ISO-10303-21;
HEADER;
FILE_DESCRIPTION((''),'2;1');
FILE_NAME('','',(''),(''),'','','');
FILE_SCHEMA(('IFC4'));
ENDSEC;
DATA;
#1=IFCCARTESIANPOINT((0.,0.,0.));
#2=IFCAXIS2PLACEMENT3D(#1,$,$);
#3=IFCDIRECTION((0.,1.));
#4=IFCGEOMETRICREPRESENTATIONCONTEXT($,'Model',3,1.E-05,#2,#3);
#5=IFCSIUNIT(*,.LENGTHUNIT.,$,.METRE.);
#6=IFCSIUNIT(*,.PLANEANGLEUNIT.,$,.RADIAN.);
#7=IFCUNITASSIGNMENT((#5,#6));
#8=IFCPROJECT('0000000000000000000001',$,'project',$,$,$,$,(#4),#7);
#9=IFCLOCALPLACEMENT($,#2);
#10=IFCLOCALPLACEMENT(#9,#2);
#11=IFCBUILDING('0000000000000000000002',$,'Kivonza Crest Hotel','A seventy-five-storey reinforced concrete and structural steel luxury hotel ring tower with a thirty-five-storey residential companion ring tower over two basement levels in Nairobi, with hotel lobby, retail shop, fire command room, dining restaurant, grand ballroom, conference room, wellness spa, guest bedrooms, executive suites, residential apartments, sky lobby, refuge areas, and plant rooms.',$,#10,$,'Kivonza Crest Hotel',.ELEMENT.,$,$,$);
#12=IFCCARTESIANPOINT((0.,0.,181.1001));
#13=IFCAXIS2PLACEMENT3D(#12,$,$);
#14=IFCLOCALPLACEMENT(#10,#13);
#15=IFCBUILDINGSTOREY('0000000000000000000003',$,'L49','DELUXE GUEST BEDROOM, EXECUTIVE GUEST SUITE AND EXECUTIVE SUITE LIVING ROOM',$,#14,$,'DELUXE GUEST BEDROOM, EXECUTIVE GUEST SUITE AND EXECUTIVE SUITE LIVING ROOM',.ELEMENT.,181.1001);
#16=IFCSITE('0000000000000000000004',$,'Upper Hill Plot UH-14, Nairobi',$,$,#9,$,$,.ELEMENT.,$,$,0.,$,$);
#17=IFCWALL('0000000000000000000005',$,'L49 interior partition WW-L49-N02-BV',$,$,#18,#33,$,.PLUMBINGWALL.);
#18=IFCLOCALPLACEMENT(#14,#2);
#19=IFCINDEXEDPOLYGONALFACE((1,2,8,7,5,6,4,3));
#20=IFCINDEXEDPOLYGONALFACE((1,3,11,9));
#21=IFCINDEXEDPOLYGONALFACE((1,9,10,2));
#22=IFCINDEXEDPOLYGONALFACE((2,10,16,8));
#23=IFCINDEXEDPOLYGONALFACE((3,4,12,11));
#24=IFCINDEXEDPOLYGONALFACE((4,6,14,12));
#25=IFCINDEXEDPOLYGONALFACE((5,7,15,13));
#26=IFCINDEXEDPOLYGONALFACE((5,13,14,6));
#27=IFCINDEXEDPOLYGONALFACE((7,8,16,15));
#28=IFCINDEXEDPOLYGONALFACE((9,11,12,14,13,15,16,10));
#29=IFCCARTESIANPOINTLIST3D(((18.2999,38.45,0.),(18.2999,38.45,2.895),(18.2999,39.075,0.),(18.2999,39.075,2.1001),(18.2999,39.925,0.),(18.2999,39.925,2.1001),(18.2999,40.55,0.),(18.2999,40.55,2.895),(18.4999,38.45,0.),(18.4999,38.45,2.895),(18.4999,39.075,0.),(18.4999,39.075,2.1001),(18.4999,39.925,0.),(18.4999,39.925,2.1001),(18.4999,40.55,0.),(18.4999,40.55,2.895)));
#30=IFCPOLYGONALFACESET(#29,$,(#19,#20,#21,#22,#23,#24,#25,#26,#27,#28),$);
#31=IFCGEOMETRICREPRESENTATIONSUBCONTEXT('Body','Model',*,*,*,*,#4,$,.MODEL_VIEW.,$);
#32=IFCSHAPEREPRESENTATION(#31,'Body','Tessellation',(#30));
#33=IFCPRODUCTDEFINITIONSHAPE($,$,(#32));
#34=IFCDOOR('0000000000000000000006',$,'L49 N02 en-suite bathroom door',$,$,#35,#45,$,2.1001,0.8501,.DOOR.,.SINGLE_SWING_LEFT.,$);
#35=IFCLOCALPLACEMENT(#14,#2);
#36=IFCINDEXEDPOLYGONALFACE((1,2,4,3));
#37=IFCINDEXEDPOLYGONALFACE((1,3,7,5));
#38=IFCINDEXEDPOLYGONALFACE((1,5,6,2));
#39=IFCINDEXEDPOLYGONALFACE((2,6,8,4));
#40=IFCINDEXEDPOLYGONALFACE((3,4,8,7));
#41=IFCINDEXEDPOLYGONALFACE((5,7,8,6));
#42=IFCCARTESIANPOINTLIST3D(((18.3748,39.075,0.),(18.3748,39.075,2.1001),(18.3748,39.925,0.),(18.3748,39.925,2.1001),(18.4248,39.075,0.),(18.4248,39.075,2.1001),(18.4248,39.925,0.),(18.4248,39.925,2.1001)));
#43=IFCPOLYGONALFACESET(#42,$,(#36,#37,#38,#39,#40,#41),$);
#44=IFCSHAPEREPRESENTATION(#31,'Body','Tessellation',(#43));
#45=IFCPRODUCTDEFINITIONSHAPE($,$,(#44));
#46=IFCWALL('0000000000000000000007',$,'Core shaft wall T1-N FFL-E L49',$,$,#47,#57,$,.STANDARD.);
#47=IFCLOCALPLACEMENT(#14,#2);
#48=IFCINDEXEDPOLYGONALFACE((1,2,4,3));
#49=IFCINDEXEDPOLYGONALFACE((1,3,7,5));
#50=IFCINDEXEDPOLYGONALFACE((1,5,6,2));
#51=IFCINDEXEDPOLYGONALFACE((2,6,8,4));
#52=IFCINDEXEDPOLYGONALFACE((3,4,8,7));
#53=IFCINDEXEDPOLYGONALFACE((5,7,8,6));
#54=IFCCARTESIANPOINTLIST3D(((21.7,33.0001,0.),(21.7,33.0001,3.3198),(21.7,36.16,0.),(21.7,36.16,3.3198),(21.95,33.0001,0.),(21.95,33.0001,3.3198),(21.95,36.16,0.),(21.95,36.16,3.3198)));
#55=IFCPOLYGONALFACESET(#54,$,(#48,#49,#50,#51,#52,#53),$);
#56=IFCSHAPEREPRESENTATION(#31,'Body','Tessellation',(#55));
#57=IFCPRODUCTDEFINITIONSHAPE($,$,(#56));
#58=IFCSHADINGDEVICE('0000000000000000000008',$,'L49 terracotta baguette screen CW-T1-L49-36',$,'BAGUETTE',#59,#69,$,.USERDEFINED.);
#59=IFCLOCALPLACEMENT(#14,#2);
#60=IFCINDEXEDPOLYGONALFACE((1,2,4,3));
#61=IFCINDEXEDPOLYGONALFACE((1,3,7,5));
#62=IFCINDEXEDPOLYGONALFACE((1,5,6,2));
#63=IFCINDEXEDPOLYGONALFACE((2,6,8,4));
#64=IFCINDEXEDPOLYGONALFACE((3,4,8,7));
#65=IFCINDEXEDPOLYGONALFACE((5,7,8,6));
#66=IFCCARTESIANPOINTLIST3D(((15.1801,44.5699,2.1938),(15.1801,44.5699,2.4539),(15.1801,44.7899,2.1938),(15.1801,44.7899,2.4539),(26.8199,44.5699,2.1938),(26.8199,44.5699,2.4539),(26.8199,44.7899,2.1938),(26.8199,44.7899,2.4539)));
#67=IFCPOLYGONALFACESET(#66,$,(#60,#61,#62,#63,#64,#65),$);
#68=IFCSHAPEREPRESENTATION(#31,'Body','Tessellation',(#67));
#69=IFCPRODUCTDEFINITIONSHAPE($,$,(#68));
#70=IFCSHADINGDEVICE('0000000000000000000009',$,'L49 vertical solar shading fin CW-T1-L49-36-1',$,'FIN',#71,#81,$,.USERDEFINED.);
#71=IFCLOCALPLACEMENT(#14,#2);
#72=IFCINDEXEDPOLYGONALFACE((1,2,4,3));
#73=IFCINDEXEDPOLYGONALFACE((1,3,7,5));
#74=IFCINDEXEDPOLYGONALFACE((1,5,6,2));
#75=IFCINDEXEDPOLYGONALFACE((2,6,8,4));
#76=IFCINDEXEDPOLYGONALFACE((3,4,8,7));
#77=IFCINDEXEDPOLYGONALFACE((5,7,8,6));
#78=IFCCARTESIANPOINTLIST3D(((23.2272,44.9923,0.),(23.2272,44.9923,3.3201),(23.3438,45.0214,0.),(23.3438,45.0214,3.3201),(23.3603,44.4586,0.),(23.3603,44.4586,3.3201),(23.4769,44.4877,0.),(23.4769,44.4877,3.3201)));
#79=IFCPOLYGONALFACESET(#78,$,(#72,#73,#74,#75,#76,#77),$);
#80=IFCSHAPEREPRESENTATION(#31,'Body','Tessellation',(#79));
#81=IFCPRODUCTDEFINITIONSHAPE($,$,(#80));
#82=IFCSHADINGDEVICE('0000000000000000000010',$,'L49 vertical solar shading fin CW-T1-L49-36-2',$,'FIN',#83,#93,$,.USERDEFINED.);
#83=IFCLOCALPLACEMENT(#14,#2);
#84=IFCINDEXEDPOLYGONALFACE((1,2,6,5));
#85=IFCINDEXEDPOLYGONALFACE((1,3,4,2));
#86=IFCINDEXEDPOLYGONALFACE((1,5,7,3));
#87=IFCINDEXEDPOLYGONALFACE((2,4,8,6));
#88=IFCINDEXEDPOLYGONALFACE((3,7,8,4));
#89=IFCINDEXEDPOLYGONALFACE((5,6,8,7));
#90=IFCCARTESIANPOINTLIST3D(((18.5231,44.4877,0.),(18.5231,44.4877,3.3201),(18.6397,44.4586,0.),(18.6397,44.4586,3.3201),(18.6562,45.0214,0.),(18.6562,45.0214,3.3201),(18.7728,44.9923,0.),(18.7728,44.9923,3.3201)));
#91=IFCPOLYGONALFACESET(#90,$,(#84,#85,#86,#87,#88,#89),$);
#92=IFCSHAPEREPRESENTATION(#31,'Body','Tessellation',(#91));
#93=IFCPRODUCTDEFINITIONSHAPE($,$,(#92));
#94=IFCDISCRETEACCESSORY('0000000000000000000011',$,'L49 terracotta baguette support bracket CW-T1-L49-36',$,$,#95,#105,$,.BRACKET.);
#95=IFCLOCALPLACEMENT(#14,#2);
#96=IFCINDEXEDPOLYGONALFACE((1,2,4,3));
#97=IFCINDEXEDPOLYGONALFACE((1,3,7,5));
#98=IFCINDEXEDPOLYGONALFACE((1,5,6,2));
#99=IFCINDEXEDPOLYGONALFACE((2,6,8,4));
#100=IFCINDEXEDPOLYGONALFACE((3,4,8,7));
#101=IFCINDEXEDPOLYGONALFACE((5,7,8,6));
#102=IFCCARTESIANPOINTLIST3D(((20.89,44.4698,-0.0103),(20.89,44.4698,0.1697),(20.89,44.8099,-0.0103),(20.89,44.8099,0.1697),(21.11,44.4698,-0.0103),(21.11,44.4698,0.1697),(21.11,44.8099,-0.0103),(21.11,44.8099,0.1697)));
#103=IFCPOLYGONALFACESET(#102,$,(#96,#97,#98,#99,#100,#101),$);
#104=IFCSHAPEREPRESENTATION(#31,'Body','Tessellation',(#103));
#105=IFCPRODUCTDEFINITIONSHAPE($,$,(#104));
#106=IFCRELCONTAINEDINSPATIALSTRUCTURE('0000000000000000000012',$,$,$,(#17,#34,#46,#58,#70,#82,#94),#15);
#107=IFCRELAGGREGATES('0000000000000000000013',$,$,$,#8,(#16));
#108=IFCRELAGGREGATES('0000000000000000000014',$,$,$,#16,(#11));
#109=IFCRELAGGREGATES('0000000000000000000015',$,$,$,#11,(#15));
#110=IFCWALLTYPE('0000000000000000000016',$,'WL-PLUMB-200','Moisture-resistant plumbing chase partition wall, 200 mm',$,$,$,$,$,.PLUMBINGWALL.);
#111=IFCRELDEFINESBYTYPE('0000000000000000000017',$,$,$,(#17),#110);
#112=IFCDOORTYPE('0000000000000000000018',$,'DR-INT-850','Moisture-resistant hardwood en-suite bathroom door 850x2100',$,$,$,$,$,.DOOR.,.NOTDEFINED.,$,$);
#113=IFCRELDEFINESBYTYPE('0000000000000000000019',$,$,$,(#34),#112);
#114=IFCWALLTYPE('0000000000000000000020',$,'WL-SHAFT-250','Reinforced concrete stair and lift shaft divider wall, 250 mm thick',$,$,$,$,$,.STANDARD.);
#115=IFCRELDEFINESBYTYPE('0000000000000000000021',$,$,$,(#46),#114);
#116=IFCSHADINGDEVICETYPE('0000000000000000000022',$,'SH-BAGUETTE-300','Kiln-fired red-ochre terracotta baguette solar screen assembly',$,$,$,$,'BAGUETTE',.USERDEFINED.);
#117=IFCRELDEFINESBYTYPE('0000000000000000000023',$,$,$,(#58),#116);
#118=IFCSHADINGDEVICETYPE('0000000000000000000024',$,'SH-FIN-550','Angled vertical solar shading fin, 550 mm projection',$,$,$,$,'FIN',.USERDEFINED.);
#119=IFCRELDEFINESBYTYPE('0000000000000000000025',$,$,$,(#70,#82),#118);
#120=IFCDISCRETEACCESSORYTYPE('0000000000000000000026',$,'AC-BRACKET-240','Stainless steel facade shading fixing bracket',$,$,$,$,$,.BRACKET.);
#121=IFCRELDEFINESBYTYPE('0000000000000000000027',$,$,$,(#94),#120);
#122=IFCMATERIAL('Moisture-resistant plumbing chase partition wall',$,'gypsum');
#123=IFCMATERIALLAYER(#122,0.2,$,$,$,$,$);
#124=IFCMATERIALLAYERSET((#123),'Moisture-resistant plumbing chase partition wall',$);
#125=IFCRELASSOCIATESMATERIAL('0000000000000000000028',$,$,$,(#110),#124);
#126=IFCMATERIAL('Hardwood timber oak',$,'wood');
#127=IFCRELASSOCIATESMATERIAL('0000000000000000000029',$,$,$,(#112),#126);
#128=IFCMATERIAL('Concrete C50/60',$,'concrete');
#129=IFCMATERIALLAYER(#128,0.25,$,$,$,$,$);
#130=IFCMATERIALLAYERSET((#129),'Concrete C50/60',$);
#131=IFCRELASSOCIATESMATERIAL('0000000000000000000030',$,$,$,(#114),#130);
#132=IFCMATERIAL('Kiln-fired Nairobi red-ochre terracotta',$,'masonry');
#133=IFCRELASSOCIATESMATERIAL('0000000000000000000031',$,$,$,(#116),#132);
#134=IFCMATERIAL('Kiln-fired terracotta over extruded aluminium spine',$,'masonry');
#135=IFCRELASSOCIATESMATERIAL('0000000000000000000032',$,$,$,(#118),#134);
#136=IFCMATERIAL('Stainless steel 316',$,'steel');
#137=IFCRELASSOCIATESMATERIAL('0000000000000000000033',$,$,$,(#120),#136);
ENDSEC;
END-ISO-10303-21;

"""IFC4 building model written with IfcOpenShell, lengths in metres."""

from ifc_helpers import new_model, si_unit, direction, frame, frame_2d, origin, origin_2d, place, context, subcontext, project, spatial, rectangle, extrude, material, layer, layer_set, type_object, element, fill, save


model = new_model("IFC4")

# Units and contexts
model_context = context("Model", 3, precision=1e-05, world=origin(), true_north=direction((0.0, 1.0)))
body_context = subcontext(model_context, "Body", "Model", "MODEL_VIEW")
ifc_project = project(units=[si_unit("LENGTHUNIT", "METRE"), si_unit("PLANEANGLEUNIT", "RADIAN")], contexts=[model_context])

# Site, building, storey
site_placement = place(None, origin())
site = spatial("IfcSite", under=ifc_project, at=site_placement, Name="Upper Hill Plot UH-14, Nairobi", CompositionType="ELEMENT", RefElevation=0.0)
building_placement = place(site_placement, origin())
building = spatial("IfcBuilding", under=site, at=building_placement, Name="Kivonza Crest Hotel", Description="A seventy-five-storey reinforced concrete and structural steel luxury hotel ring tower with a thirty-five-storey residential companion ring tower over two basement levels in Nairobi, with hotel lobby, retail shop, fire command room, dining restaurant, grand ballroom, conference room, wellness spa, guest bedrooms, executive suites, residential apartments, sky lobby, refuge areas, and plant rooms.", LongName="Kivonza Crest Hotel", CompositionType="ELEMENT")
storey_placement = place(building_placement, frame((0.0, 0.0, 181.1001)))
storey = spatial("IfcBuildingStorey", under=building, at=storey_placement, Name="L49", Description="DELUXE GUEST BEDROOM, EXECUTIVE GUEST SUITE AND EXECUTIVE SUITE LIVING ROOM", LongName="DELUXE GUEST BEDROOM, EXECUTIVE GUEST SUITE AND EXECUTIVE SUITE LIVING ROOM", CompositionType="ELEMENT", Elevation=181.1001)

# Shared definitions
ifc_material_1 = material(Name="Concrete C50/60", Category="concrete")

# Shared definitions
ifc_material_2 = material(Name="Hardwood timber oak", Category="wood")

# Wall, opening, door
ifc_material_3 = material(Name="Moisture-resistant plumbing chase partition wall", Category="gypsum")
ifc_layer_1 = layer(ifc_material_3, 0.2)
ifc_layer_set_1 = layer_set([ifc_layer_1], Name="Moisture-resistant plumbing chase partition wall")
wall_type_1 = type_object("IfcWallType", Name="WL-PLUMB-200", Description="Moisture-resistant plumbing chase partition wall, 200 mm", PredefinedType="PLUMBINGWALL", material=ifc_layer_set_1)
wall_1_placement = place(storey_placement, frame((18.3999, 38.45, 0.0), z_axis=(0.0, 0.0, 1.0), x_axis=(0.0, 1.0, 0.0)))
wall_1 = element("IfcWall", 1, at=wall_1_placement, inside=storey, type_object=wall_type_1, Name="L49 interior partition WW-L49-N02-BV", PredefinedType="PLUMBINGWALL", context=body_context, shape_type="SweptSolid", body=[
    extrude(rectangle(XDim=2.1001, YDim=0.2, at=frame_2d((1.05, 0.0))), origin(), (0.0, 0.0, 1.0), 2.895),
])
opening_1_placement = place(wall_1_placement, frame((0.625, 0.0, 0.0)))
opening_1 = element("IfcOpeningElement", 2, at=opening_1_placement, cuts=wall_1, PredefinedType="OPENING", context=body_context, shape_type="SweptSolid", body=[
    extrude(rectangle(XDim=0.8501, YDim=2.1001, at=frame_2d((0.425, 1.05))), frame((0.0, 0.1099, 0.0), z_axis=(0.0, -1.0, 0.0), x_axis=(1.0, 0.0, 0.0)), (0.0, 0.0, 1.0), 0.22),
])
door_type_1 = type_object("IfcDoorType", Name="DR-INT-850", Description="Moisture-resistant hardwood en-suite bathroom door 850x2100", OperationType="NOTDEFINED", PredefinedType="DOOR", material=ifc_material_2)
door_1_placement = place(opening_1_placement, frame((0.8501, 0.0, 0.0), z_axis=(0.0, 0.0, 1.0), x_axis=(-1.0, 0.0, 0.0)))
door_1 = element("IfcDoor", 3, at=door_1_placement, inside=storey, type_object=door_type_1, Name="L49 N02 en-suite bathroom door", OperationType="SINGLE_SWING_LEFT", OverallHeight=2.1001, OverallWidth=0.8501, PredefinedType="DOOR", context=body_context, shape_type="SweptSolid", body=[
    extrude(rectangle(XDim=0.8501, YDim=2.1001, at=frame_2d((0.425, 1.05))), frame((0.0, 0.0249, 0.0), z_axis=(0.0, -1.0, 0.0), x_axis=(1.0, 0.0, 0.0)), (0.0, 0.0, 1.0), 0.05),
])
fill(opening_1, door_1)
ifc_layer_2 = layer(ifc_material_1, 0.25)
ifc_layer_set_2 = layer_set([ifc_layer_2], Name="Concrete C50/60")
wall_type_2 = type_object("IfcWallType", Name="WL-SHAFT-250", Description="Reinforced concrete stair and lift shaft divider wall, 250 mm thick", PredefinedType="STANDARD", material=ifc_layer_set_2)

# Wall
wall_2_placement = place(storey_placement, frame((21.825, 33.0, 0.0), z_axis=(0.0, 0.0, 1.0), x_axis=(0.0, 1.0, 0.0)))
element("IfcWall", 4, at=wall_2_placement, inside=storey, type_object=wall_type_2, Name="Core shaft wall T1-N FFL-E L49", PredefinedType="STANDARD", context=body_context, shape_type="SweptSolid", body=[
    extrude(rectangle(XDim=3.1599, YDim=0.25, at=frame_2d((1.5801, 0.0))), origin(), (0.0, 0.0, 1.0), 3.3198),
])

# Shading devices
ifc_material_4 = material(Name="Kiln-fired Nairobi red-ochre terracotta", Category="masonry")
shading_device_type_1 = type_object("IfcShadingDeviceType", Name="SH-BAGUETTE-300", Description="Kiln-fired red-ochre terracotta baguette solar screen assembly", ElementType="BAGUETTE", PredefinedType="USERDEFINED", material=ifc_material_4)
shading_device_placement = place(storey_placement, frame((21.0, 44.6799, 2.1938), z_axis=(0.0, 0.0, 1.0), x_axis=(-1.0, 0.0, 0.0)))
element("IfcShadingDevice", 5, at=shading_device_placement, inside=storey, type_object=shading_device_type_1, Name="L49 terracotta baguette screen CW-T1-L49-36", ObjectType="BAGUETTE", PredefinedType="USERDEFINED", context=body_context, shape_type="SweptSolid", body=[
    extrude(rectangle(XDim=11.6399, YDim=0.22, at=origin_2d()), origin(), (0.0, 0.0, 1.0), 0.26),
])
ifc_material_5 = material(Name="Kiln-fired terracotta over extruded aluminium spine", Category="masonry")
shading_device_type_2 = type_object("IfcShadingDeviceType", Name="SH-FIN-550", Description="Angled vertical solar shading fin, 550 mm projection", ElementType="FIN", PredefinedType="USERDEFINED", material=ifc_material_5)
for number, where, z_axis, x_axis, name in (
    (6, (23.3521, 44.74, 0.0), (0.0, 0.0, 1.0), (-0.970296, -0.241922, 0.0), "L49 vertical solar shading fin CW-T1-L49-36-1"),
    (7, (18.6479, 44.74, 0.0), (0.0, 0.0, 1.0), (-0.970296, 0.241922, 0.0), "L49 vertical solar shading fin CW-T1-L49-36-2"),
):
    element("IfcShadingDevice", number, at=place(storey_placement, frame(where, z_axis=z_axis, x_axis=x_axis)), inside=storey, type_object=shading_device_type_2, Name=name, ObjectType="FIN", PredefinedType="USERDEFINED", context=body_context, shape_type="SweptSolid", body=[
        extrude(rectangle(XDim=0.1201, YDim=0.55, at=origin_2d()), origin(), (0.0, 0.0, 1.0), 3.3201),
    ])

# Discrete accessory
ifc_material_6 = material(Name="Stainless steel 316", Category="steel")
discrete_accessory_type = type_object("IfcDiscreteAccessoryType", Name="AC-BRACKET-240", Description="Stainless steel facade shading fixing bracket", PredefinedType="BRACKET", material=ifc_material_6)
discrete_accessory_placement = place(storey_placement, frame((21.0, 44.6399, -0.0103), z_axis=(0.0, 0.0, 1.0), x_axis=(-1.0, 0.0, 0.0)))
element("IfcDiscreteAccessory", 8, at=discrete_accessory_placement, inside=storey, type_object=discrete_accessory_type, Name="L49 terracotta baguette support bracket CW-T1-L49-36", PredefinedType="BRACKET", context=body_context, shape_type="SweptSolid", body=[
    extrude(rectangle(XDim=0.22, YDim=0.3401, at=origin_2d()), origin(), (0.0, 0.0, 1.0), 0.1799),
])

save(model, "model.ifc")
